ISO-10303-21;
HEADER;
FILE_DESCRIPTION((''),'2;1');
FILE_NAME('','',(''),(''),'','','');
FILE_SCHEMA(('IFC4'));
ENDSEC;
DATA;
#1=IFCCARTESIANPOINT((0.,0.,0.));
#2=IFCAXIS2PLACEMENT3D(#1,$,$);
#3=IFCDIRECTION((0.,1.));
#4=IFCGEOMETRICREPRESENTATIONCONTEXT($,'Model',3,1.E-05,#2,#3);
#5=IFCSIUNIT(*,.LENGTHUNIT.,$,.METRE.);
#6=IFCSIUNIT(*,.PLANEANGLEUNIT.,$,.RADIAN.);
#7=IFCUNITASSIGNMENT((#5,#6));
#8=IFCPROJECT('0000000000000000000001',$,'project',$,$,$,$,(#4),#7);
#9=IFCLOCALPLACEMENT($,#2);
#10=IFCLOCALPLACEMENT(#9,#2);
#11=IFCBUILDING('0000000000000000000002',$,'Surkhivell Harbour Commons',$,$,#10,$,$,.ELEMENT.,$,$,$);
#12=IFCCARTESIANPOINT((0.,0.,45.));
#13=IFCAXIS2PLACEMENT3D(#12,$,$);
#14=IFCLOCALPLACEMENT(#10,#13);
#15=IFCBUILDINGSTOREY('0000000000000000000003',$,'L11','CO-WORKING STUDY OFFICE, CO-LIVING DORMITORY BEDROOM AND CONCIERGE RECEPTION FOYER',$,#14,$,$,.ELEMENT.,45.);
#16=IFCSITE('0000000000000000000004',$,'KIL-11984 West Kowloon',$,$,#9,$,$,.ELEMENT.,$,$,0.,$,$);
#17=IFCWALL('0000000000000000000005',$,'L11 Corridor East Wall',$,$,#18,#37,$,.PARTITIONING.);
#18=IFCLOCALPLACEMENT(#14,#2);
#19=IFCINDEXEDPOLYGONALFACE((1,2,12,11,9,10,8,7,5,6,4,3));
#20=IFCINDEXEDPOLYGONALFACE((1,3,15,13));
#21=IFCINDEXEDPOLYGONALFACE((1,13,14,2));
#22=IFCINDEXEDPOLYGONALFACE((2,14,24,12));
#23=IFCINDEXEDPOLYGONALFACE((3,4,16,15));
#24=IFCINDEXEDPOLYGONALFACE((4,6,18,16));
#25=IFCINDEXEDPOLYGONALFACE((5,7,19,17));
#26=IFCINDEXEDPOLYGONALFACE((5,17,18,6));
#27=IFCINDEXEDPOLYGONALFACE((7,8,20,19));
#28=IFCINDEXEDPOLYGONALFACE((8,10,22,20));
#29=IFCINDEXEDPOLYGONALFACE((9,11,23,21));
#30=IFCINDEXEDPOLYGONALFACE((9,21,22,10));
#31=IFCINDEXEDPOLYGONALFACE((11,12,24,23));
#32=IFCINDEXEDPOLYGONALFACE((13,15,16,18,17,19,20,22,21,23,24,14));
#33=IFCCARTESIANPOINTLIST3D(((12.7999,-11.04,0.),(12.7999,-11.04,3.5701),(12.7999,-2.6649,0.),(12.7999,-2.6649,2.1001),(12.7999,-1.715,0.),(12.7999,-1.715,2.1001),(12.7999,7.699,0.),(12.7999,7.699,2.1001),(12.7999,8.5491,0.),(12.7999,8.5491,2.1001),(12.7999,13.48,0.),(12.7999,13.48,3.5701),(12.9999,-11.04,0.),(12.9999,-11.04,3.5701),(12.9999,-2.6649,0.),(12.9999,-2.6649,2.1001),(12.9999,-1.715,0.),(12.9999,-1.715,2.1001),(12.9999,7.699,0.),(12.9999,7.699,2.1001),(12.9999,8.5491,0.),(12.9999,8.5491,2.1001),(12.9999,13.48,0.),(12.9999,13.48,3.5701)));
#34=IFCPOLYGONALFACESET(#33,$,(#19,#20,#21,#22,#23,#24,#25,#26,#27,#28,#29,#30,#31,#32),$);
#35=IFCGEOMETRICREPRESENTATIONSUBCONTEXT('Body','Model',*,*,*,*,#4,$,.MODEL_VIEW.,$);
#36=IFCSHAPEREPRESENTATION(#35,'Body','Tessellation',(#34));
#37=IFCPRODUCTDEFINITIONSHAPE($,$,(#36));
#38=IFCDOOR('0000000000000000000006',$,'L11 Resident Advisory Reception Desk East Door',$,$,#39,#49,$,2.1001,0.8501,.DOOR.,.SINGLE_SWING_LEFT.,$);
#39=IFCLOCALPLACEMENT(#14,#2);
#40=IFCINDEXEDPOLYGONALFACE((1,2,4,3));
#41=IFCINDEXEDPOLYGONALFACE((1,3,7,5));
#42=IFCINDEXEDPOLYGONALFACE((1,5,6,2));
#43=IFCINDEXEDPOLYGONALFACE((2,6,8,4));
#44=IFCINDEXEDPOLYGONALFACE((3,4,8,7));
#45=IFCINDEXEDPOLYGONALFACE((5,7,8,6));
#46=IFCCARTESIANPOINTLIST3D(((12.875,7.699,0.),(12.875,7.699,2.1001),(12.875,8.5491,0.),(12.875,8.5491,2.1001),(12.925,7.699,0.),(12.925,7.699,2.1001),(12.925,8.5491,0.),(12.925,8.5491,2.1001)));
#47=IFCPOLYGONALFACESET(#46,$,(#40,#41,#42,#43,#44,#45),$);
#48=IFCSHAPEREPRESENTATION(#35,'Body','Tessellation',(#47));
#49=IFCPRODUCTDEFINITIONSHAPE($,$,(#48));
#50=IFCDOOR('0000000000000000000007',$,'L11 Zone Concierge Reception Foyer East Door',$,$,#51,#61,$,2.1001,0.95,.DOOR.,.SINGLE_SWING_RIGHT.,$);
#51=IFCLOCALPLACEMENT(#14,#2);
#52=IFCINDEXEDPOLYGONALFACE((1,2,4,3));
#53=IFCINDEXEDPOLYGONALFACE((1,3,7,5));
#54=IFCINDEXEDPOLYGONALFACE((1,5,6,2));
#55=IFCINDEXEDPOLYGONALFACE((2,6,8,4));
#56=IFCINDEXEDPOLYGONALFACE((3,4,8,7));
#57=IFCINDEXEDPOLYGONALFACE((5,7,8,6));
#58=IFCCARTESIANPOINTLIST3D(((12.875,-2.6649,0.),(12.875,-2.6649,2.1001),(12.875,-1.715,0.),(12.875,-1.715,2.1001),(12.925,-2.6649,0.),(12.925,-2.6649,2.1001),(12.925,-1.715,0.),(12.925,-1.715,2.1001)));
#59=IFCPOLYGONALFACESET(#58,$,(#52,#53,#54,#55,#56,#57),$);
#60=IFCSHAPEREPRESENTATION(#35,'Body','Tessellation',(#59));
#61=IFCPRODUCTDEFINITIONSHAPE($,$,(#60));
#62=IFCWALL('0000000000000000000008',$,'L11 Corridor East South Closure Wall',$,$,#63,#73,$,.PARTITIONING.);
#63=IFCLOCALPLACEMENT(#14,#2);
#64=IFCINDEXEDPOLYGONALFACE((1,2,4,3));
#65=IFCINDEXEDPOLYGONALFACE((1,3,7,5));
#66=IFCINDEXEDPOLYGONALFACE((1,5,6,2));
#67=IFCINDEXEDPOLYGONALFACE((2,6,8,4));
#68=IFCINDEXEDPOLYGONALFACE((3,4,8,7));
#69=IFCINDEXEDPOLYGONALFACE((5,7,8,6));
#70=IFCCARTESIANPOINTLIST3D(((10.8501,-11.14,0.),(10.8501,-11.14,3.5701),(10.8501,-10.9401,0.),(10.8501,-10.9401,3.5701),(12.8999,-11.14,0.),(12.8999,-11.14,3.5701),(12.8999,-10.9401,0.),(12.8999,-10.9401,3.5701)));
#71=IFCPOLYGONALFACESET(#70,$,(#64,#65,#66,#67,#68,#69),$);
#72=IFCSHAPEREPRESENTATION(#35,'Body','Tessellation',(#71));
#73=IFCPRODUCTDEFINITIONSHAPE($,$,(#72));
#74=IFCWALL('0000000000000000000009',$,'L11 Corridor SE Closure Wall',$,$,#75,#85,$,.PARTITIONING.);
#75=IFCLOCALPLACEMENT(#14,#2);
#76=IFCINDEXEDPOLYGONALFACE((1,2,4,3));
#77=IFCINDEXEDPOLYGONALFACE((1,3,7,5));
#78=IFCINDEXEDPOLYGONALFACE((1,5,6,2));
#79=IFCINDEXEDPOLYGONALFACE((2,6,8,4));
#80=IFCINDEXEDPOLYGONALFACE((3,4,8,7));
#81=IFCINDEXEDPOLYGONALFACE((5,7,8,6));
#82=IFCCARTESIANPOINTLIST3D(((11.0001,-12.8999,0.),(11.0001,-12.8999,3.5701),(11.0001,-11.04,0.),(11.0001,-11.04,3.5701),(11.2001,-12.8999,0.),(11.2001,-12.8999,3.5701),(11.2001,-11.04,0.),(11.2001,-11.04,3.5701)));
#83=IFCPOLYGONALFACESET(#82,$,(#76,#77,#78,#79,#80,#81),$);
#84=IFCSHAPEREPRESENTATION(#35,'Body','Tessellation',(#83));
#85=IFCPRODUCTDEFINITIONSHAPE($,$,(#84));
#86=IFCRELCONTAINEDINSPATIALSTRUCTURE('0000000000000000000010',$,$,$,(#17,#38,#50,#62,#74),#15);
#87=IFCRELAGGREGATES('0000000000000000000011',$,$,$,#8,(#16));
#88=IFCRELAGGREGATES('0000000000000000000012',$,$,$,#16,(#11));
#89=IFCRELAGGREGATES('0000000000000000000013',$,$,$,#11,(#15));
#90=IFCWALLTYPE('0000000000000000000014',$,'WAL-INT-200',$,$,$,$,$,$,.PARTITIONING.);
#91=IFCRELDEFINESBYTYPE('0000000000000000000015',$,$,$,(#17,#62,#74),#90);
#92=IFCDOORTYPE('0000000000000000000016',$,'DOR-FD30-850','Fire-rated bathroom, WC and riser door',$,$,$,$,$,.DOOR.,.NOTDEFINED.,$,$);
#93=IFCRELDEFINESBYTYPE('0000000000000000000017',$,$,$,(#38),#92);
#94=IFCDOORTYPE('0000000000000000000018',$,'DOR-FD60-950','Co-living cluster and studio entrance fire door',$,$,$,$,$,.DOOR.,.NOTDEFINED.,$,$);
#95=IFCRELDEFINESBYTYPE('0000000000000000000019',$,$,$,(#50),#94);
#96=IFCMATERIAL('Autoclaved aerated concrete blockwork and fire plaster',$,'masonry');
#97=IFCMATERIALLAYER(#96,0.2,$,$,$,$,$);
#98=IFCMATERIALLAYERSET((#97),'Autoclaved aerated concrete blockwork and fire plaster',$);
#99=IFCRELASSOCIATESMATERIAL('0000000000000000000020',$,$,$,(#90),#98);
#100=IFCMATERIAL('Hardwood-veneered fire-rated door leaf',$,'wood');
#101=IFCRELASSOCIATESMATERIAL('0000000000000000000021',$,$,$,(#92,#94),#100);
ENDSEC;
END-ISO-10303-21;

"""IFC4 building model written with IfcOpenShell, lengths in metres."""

from ifc_helpers import new_model, si_unit, direction, frame, frame_2d, origin, place, context, subcontext, project, spatial, rectangle, extrude, material, layer, layer_set, type_object, element, fill, save


model = new_model("IFC4")

# Units and contexts
model_context = context("Model", 3, precision=1e-05, world=origin(), true_north=direction((0.0, 1.0)))
body_context = subcontext(model_context, "Body", "Model", "MODEL_VIEW")
ifc_project = project(units=[si_unit("LENGTHUNIT", "METRE"), si_unit("PLANEANGLEUNIT", "RADIAN")], contexts=[model_context])

# Site, building, storey
site_placement = place(None, origin())
site = spatial("IfcSite", under=ifc_project, at=site_placement, Name="KIL-11984 West Kowloon", CompositionType="ELEMENT", RefElevation=0.0)
building_placement = place(site_placement, origin())
building = spatial("IfcBuilding", under=site, at=building_placement, Name="Surkhivell Harbour Commons", CompositionType="ELEMENT")
storey_placement = place(building_placement, frame((0.0, 0.0, 45.0)))
storey = spatial("IfcBuildingStorey", under=building, at=storey_placement, Name="L11", Description="CO-WORKING STUDY OFFICE, CO-LIVING DORMITORY BEDROOM AND CONCIERGE RECEPTION FOYER", CompositionType="ELEMENT", Elevation=45.0)

# Shared definitions
ifc_material_1 = material(Name="Hardwood-veneered fire-rated door leaf", Category="wood")

# Shared definitions
ifc_material_2 = material(Name="Autoclaved aerated concrete blockwork and fire plaster", Category="masonry")
ifc_layer_1 = layer(ifc_material_2, 0.2)
ifc_layer_set_1 = layer_set([ifc_layer_1], Name="Autoclaved aerated concrete blockwork and fire plaster")
wall_type_1 = type_object("IfcWallType", Name="WAL-INT-200", PredefinedType="PARTITIONING", material=ifc_layer_set_1)

# Wall, openings, doors
wall_1_placement = place(storey_placement, frame((12.8999, -11.04, 0.0), z_axis=(0.0, 0.0, 1.0), x_axis=(0.0, 1.0, 0.0)))
wall_1 = element("IfcWall", 1, at=wall_1_placement, inside=storey, type_object=wall_type_1, Name="L11 Corridor East Wall", PredefinedType="PARTITIONING", context=body_context, shape_type="SweptSolid", body=[
    extrude(rectangle(XDim=24.52, YDim=0.2, at=frame_2d((12.26, 0.0))), origin(), (0.0, 0.0, 1.0), 3.5701),
])
opening_1_placement = place(wall_1_placement, frame((8.375, 0.0, 0.0)))
opening_1 = element("IfcOpeningElement", 2, at=opening_1_placement, cuts=wall_1, PredefinedType="OPENING", context=body_context, shape_type="SweptSolid", body=[
    extrude(rectangle(XDim=0.95, YDim=2.1001, at=frame_2d((0.4751, 1.05))), frame((0.0, 0.1099, 0.0), z_axis=(0.0, -1.0, 0.0), x_axis=(1.0, 0.0, 0.0)), (0.0, 0.0, 1.0), 0.22),
])
opening_2_placement = place(wall_1_placement, frame((18.739, 0.0, 0.0)))
opening_2 = element("IfcOpeningElement", 3, at=opening_2_placement, cuts=wall_1, PredefinedType="OPENING", context=body_context, shape_type="SweptSolid", body=[
    extrude(rectangle(XDim=0.8501, YDim=2.1001, at=frame_2d((0.425, 1.05))), frame((0.0, 0.1099, 0.0), z_axis=(0.0, -1.0, 0.0), x_axis=(1.0, 0.0, 0.0)), (0.0, 0.0, 1.0), 0.22),
])
door_type_1 = type_object("IfcDoorType", Name="DOR-FD30-850", Description="Fire-rated bathroom, WC and riser door", OperationType="NOTDEFINED", PredefinedType="DOOR", material=ifc_material_1)
door_1_placement = place(opening_2_placement, origin())
door_1 = element("IfcDoor", 4, at=door_1_placement, inside=storey, type_object=door_type_1, Name="L11 Resident Advisory Reception Desk East Door", OperationType="SINGLE_SWING_LEFT", OverallHeight=2.1001, OverallWidth=0.8501, PredefinedType="DOOR", context=body_context, shape_type="SweptSolid", body=[
    extrude(rectangle(XDim=0.8501, YDim=2.1001, at=frame_2d((0.425, 1.05))), frame((0.0, 0.0249, 0.0), z_axis=(0.0, -1.0, 0.0), x_axis=(1.0, 0.0, 0.0)), (0.0, 0.0, 1.0), 0.05),
])
fill(opening_2, door_1)
door_type_2 = type_object("IfcDoorType", Name="DOR-FD60-950", Description="Co-living cluster and studio entrance fire door", OperationType="NOTDEFINED", PredefinedType="DOOR", material=ifc_material_1)
door_2_placement = place(opening_1_placement, origin())
door_2 = element("IfcDoor", 5, at=door_2_placement, inside=storey, type_object=door_type_2, Name="L11 Zone Concierge Reception Foyer East Door", OperationType="SINGLE_SWING_RIGHT", OverallHeight=2.1001, OverallWidth=0.95, PredefinedType="DOOR", context=body_context, shape_type="SweptSolid", body=[
    extrude(rectangle(XDim=0.95, YDim=2.1001, at=frame_2d((0.4751, 1.05))), frame((0.0, 0.0249, 0.0), z_axis=(0.0, -1.0, 0.0), x_axis=(1.0, 0.0, 0.0)), (0.0, 0.0, 1.0), 0.05),
])
fill(opening_1, door_2)

# Walls
wall_2_placement = place(storey_placement, frame((10.8501, -11.04, 0.0), z_axis=(0.0, 0.0, 1.0), x_axis=(1.0, 0.0, 0.0)))
element("IfcWall", 6, at=wall_2_placement, inside=storey, type_object=wall_type_1, Name="L11 Corridor East South Closure Wall", PredefinedType="PARTITIONING", context=body_context, shape_type="SweptSolid", body=[
    extrude(rectangle(XDim=2.0498, YDim=0.2, at=frame_2d((1.0249, 0.0))), origin(), (0.0, 0.0, 1.0), 3.5701),
])
wall_3_placement = place(storey_placement, frame((11.1001, -12.8999, 0.0), z_axis=(0.0, 0.0, 1.0), x_axis=(0.0, 1.0, 0.0)))
element("IfcWall", 7, at=wall_3_placement, inside=storey, type_object=wall_type_1, Name="L11 Corridor SE Closure Wall", PredefinedType="PARTITIONING", context=body_context, shape_type="SweptSolid", body=[
    extrude(rectangle(XDim=1.8599, YDim=0.2, at=frame_2d((0.9299, 0.0))), origin(), (0.0, 0.0, 1.0), 3.5701),
])

save(model, "model.ifc")
